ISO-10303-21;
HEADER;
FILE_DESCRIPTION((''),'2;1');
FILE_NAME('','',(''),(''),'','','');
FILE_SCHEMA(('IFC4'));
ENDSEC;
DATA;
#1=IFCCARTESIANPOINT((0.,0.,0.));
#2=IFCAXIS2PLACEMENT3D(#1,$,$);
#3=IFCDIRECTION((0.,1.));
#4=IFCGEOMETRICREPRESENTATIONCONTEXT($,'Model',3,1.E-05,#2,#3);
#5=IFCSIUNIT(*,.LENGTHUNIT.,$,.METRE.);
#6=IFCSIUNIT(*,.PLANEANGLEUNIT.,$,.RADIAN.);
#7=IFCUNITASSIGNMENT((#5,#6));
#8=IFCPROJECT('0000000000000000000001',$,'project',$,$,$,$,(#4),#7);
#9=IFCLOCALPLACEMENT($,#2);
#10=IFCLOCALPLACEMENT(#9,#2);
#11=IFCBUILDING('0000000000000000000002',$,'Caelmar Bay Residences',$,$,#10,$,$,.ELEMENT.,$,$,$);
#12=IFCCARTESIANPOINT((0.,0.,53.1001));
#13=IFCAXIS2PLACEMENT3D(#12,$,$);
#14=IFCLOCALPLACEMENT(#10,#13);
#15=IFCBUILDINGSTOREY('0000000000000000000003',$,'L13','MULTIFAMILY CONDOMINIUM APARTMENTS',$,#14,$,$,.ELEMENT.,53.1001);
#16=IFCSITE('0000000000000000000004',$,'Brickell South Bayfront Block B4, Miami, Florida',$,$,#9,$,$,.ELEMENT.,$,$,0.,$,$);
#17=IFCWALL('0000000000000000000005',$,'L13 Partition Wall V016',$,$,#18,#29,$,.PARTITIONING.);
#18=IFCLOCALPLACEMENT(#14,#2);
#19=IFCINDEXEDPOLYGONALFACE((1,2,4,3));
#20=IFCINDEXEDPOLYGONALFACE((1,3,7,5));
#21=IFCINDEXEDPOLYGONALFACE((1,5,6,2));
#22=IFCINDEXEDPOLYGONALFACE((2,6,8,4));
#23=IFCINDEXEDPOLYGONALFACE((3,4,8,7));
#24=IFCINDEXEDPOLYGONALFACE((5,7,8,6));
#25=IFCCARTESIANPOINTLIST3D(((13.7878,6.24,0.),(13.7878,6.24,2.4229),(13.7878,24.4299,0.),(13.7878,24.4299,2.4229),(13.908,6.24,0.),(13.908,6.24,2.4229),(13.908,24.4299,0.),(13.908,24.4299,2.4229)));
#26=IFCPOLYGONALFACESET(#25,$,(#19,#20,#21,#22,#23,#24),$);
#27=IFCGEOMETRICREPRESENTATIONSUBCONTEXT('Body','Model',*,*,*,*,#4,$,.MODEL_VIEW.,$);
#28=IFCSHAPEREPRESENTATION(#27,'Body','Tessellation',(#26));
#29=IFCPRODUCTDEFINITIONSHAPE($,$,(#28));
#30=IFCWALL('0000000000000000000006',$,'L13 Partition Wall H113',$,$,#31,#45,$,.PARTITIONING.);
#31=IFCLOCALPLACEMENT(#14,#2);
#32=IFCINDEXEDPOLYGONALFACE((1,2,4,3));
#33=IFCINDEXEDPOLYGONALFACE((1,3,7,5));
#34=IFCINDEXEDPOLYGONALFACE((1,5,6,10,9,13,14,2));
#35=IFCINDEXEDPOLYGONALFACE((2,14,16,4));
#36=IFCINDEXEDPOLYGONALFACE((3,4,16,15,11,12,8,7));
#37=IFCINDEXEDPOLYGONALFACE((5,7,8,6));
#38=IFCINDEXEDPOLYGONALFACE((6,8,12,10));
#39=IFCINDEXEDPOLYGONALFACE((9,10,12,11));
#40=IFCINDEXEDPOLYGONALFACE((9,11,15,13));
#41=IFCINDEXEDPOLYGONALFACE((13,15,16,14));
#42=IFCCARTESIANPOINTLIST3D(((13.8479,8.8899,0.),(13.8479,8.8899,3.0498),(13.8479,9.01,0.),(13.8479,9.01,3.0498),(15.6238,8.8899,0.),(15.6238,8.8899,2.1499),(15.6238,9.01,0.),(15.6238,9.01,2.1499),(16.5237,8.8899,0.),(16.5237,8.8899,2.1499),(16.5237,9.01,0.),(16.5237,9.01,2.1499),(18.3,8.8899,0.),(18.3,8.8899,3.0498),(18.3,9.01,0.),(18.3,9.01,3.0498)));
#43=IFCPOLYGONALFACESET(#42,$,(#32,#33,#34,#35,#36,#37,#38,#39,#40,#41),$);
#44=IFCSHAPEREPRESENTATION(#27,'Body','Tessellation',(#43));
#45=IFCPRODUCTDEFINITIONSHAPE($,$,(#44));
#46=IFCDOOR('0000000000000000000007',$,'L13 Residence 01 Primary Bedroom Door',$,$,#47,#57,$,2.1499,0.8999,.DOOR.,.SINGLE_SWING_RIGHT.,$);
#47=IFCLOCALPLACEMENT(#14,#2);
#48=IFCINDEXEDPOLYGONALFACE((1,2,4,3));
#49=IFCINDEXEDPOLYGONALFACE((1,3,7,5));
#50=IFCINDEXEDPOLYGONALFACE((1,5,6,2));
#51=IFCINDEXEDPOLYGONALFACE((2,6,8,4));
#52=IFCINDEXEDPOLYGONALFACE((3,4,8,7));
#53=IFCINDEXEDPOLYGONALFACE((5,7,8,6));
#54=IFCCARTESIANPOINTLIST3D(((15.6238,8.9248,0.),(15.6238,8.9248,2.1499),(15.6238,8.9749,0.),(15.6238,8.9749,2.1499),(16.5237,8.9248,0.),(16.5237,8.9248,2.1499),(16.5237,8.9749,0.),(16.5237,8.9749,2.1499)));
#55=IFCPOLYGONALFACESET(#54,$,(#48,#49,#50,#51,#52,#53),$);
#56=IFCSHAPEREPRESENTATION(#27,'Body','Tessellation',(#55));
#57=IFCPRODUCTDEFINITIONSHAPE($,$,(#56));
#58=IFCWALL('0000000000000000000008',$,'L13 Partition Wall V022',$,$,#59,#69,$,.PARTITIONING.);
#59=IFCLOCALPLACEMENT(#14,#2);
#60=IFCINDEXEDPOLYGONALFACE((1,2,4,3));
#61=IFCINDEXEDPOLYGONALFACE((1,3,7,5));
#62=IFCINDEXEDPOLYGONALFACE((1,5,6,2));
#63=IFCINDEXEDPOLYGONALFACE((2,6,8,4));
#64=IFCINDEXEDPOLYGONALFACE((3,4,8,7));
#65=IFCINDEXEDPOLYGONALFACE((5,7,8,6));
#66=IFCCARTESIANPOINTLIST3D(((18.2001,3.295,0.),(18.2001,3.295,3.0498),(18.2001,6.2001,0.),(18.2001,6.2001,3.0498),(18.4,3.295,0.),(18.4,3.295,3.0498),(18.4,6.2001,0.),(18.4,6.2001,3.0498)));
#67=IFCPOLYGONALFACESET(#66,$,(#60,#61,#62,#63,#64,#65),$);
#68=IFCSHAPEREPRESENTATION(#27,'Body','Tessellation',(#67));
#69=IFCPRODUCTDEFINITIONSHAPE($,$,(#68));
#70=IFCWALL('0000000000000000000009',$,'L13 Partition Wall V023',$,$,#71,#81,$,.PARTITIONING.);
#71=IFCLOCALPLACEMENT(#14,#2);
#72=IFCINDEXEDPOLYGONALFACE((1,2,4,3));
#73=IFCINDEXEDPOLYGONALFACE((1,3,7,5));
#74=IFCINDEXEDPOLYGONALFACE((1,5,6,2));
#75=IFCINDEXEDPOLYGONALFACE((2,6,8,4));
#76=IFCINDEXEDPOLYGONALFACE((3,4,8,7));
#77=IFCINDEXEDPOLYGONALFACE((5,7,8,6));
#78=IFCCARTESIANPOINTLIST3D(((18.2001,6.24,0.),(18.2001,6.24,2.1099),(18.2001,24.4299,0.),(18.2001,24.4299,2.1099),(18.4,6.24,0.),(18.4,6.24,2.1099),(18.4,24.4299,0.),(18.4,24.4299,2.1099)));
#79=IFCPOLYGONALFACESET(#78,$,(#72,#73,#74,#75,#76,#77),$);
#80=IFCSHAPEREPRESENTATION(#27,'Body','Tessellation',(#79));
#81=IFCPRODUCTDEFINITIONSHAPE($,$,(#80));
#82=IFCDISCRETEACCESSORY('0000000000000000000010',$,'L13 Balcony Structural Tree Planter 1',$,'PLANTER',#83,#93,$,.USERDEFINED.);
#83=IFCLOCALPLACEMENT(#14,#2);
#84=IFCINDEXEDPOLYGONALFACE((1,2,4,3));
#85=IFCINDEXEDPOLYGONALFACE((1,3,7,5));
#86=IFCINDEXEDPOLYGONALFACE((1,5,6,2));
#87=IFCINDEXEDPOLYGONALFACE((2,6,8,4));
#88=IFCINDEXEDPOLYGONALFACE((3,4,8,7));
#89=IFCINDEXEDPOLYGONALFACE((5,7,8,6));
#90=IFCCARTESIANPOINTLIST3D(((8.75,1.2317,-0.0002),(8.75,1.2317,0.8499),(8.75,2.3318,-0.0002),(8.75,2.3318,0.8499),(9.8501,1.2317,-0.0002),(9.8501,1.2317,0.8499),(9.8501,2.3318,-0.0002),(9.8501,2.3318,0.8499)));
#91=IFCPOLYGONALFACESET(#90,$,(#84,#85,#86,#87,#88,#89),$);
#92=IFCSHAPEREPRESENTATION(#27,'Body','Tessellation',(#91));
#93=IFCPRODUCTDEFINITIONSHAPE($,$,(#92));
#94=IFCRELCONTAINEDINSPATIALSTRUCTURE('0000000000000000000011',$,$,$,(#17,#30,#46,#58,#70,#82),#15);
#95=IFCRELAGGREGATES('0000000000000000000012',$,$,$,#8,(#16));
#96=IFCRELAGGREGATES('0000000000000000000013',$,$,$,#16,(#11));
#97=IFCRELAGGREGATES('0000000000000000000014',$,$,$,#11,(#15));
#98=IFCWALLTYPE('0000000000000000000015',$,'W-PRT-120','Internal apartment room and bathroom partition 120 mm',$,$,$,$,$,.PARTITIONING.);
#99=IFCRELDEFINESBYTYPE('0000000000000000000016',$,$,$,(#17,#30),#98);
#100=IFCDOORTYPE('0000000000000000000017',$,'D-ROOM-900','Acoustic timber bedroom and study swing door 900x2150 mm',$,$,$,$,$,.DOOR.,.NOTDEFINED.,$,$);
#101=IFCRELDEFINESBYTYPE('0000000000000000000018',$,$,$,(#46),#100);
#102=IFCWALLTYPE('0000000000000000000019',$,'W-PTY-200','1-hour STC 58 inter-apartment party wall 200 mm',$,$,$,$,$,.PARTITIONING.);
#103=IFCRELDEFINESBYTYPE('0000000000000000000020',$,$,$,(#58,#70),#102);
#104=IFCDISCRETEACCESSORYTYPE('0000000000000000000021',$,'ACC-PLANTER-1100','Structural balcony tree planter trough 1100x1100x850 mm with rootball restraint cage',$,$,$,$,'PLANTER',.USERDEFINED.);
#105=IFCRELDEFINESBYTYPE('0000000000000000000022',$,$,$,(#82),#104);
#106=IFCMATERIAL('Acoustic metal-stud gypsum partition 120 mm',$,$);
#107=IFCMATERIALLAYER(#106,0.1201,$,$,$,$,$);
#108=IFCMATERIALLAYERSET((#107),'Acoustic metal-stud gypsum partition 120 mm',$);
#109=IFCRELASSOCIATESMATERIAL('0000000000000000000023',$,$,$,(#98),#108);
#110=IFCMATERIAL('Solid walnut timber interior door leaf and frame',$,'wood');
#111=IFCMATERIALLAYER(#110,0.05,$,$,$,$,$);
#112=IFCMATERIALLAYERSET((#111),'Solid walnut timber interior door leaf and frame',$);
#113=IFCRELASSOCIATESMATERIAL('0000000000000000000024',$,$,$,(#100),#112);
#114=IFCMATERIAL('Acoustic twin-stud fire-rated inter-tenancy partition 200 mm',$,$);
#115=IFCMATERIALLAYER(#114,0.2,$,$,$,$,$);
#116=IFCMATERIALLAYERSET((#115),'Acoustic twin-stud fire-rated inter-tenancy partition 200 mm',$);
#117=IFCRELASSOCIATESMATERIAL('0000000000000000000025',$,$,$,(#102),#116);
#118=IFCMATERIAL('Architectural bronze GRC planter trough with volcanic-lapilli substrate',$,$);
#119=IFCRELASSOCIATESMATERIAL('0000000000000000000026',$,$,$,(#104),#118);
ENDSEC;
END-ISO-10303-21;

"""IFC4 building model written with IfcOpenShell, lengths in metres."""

from ifc_helpers import new_model, si_unit, direction, frame, frame_2d, origin, origin_2d, place, context, subcontext, project, spatial, rectangle, extrude, material, layer, layer_set, type_object, element, fill, save


model = new_model("IFC4")

# Units and contexts
model_context = context("Model", 3, precision=1e-05, world=origin(), true_north=direction((0.0, 1.0)))
body_context = subcontext(model_context, "Body", "Model", "MODEL_VIEW")
ifc_project = project(units=[si_unit("LENGTHUNIT", "METRE"), si_unit("PLANEANGLEUNIT", "RADIAN")], contexts=[model_context])

# Site, building, storey
site_placement = place(None, origin())
site = spatial("IfcSite", under=ifc_project, at=site_placement, Name="Brickell South Bayfront Block B4, Miami, Florida", CompositionType="ELEMENT", RefElevation=0.0)
building_placement = place(site_placement, origin())
building = spatial("IfcBuilding", under=site, at=building_placement, Name="Caelmar Bay Residences", CompositionType="ELEMENT")
storey_placement = place(building_placement, frame((0.0, 0.0, 53.1001)))
storey = spatial("IfcBuildingStorey", under=building, at=storey_placement, Name="L13", Description="MULTIFAMILY CONDOMINIUM APARTMENTS", CompositionType="ELEMENT", Elevation=53.1001)

# Shared definitions
ifc_material_1 = material(Name="Acoustic metal-stud gypsum partition 120 mm")
ifc_layer_1 = layer(ifc_material_1, 0.1201)
ifc_layer_set_1 = layer_set([ifc_layer_1], Name="Acoustic metal-stud gypsum partition 120 mm")
wall_type_1 = type_object("IfcWallType", Name="W-PRT-120", Description="Internal apartment room and bathroom partition 120 mm", PredefinedType="PARTITIONING", material=ifc_layer_set_1)
ifc_material_2 = material(Name="Solid walnut timber interior door leaf and frame", Category="wood")
ifc_layer_2 = layer(ifc_material_2, 0.05)
ifc_layer_set_2 = layer_set([ifc_layer_2], Name="Solid walnut timber interior door leaf and frame")
door_type = type_object("IfcDoorType", Name="D-ROOM-900", Description="Acoustic timber bedroom and study swing door 900x2150 mm", OperationType="NOTDEFINED", PredefinedType="DOOR", material=ifc_layer_set_2)

# Wall
wall_1_placement = place(storey_placement, frame((13.8479, 6.24, 0.0), z_axis=(0.0, 0.0, 1.0), x_axis=(0.0, 1.0, 0.0)))
element("IfcWall", 1, at=wall_1_placement, inside=storey, type_object=wall_type_1, Name="L13 Partition Wall V016", PredefinedType="PARTITIONING", context=body_context, shape_type="SweptSolid", body=[
    extrude(rectangle(XDim=18.1899, YDim=0.1201, at=frame_2d((9.095, 0.0))), origin(), (0.0, 0.0, 1.0), 2.4229),
])

# Wall, opening, door
wall_2_placement = place(storey_placement, frame((13.8479, 8.95, 0.0), z_axis=(0.0, 0.0, 1.0), x_axis=(1.0, 0.0, 0.0)))
wall_2 = element("IfcWall", 2, at=wall_2_placement, inside=storey, type_object=wall_type_1, Name="L13 Partition Wall H113", PredefinedType="PARTITIONING", context=body_context, shape_type="SweptSolid", body=[
    extrude(rectangle(XDim=4.4521, YDim=0.1201, at=frame_2d((2.2261, 0.0))), origin(), (0.0, 0.0, 1.0), 3.0498),
])
opening_1_placement = place(wall_2_placement, frame((1.7759, 0.0, 0.0)))
opening_1 = element("IfcOpeningElement", 3, at=opening_1_placement, cuts=wall_2, PredefinedType="OPENING", context=body_context, shape_type="SweptSolid", body=[
    extrude(rectangle(XDim=0.8999, YDim=2.1499, at=frame_2d((0.45, 1.075))), frame((0.0, 0.0701, 0.0), z_axis=(0.0, -1.0, 0.0), x_axis=(1.0, 0.0, 0.0)), (0.0, 0.0, 1.0), 0.1401),
])
door_1_placement = place(opening_1_placement, origin())
door_1 = element("IfcDoor", 4, at=door_1_placement, inside=storey, type_object=door_type, Name="L13 Residence 01 Primary Bedroom Door", OperationType="SINGLE_SWING_RIGHT", OverallHeight=2.1499, OverallWidth=0.8999, PredefinedType="DOOR", context=body_context, shape_type="SweptSolid", body=[
    extrude(rectangle(XDim=0.8999, YDim=2.1499, at=frame_2d((0.45, 1.075))), frame((0.0, 0.0249, 0.0), z_axis=(0.0, -1.0, 0.0), x_axis=(1.0, 0.0, 0.0)), (0.0, 0.0, 1.0), 0.05),
])
fill(opening_1, door_1)

# Walls
ifc_material_3 = material(Name="Acoustic twin-stud fire-rated inter-tenancy partition 200 mm")
ifc_layer_3 = layer(ifc_material_3, 0.2)
ifc_layer_set_3 = layer_set([ifc_layer_3], Name="Acoustic twin-stud fire-rated inter-tenancy partition 200 mm")
wall_type_2 = type_object("IfcWallType", Name="W-PTY-200", Description="1-hour STC 58 inter-apartment party wall 200 mm", PredefinedType="PARTITIONING", material=ifc_layer_set_3)
wall_3_placement = place(storey_placement, frame((18.3, 3.2949, 0.0), z_axis=(0.0, 0.0, 1.0), x_axis=(0.0, 1.0, 0.0)))
element("IfcWall", 5, at=wall_3_placement, inside=storey, type_object=wall_type_2, Name="L13 Partition Wall V022", PredefinedType="PARTITIONING", context=body_context, shape_type="SweptSolid", body=[
    extrude(rectangle(XDim=2.905, YDim=0.2, at=frame_2d((1.4526, 0.0))), origin(), (0.0, 0.0, 1.0), 3.0498),
])
wall_4_placement = place(storey_placement, frame((18.3, 6.24, 0.0), z_axis=(0.0, 0.0, 1.0), x_axis=(0.0, 1.0, 0.0)))
element("IfcWall", 6, at=wall_4_placement, inside=storey, type_object=wall_type_2, Name="L13 Partition Wall V023", PredefinedType="PARTITIONING", context=body_context, shape_type="SweptSolid", body=[
    extrude(rectangle(XDim=18.1899, YDim=0.2, at=frame_2d((9.095, 0.0))), origin(), (0.0, 0.0, 1.0), 2.1099),
])

# Discrete accessory
ifc_material_4 = material(Name="Architectural bronze GRC planter trough with volcanic-lapilli substrate")
discrete_accessory_type = type_object("IfcDiscreteAccessoryType", Name="ACC-PLANTER-1100", Description="Structural balcony tree planter trough 1100x1100x850 mm with rootball restraint cage", ElementType="PLANTER", PredefinedType="USERDEFINED", material=ifc_material_4)
discrete_accessory_placement = place(storey_placement, frame((9.3, 1.7817, -0.0002), z_axis=(0.0, 0.0, 1.0), x_axis=(1.0, 0.0, 0.0)))
element("IfcDiscreteAccessory", 7, at=discrete_accessory_placement, inside=storey, type_object=discrete_accessory_type, Name="L13 Balcony Structural Tree Planter 1", ObjectType="PLANTER", PredefinedType="USERDEFINED", context=body_context, shape_type="SweptSolid", body=[
    extrude(rectangle(XDim=1.1001, YDim=1.1001, at=origin_2d()), origin(), (0.0, 0.0, 1.0), 0.8501),
])

save(model, "model.ifc")
